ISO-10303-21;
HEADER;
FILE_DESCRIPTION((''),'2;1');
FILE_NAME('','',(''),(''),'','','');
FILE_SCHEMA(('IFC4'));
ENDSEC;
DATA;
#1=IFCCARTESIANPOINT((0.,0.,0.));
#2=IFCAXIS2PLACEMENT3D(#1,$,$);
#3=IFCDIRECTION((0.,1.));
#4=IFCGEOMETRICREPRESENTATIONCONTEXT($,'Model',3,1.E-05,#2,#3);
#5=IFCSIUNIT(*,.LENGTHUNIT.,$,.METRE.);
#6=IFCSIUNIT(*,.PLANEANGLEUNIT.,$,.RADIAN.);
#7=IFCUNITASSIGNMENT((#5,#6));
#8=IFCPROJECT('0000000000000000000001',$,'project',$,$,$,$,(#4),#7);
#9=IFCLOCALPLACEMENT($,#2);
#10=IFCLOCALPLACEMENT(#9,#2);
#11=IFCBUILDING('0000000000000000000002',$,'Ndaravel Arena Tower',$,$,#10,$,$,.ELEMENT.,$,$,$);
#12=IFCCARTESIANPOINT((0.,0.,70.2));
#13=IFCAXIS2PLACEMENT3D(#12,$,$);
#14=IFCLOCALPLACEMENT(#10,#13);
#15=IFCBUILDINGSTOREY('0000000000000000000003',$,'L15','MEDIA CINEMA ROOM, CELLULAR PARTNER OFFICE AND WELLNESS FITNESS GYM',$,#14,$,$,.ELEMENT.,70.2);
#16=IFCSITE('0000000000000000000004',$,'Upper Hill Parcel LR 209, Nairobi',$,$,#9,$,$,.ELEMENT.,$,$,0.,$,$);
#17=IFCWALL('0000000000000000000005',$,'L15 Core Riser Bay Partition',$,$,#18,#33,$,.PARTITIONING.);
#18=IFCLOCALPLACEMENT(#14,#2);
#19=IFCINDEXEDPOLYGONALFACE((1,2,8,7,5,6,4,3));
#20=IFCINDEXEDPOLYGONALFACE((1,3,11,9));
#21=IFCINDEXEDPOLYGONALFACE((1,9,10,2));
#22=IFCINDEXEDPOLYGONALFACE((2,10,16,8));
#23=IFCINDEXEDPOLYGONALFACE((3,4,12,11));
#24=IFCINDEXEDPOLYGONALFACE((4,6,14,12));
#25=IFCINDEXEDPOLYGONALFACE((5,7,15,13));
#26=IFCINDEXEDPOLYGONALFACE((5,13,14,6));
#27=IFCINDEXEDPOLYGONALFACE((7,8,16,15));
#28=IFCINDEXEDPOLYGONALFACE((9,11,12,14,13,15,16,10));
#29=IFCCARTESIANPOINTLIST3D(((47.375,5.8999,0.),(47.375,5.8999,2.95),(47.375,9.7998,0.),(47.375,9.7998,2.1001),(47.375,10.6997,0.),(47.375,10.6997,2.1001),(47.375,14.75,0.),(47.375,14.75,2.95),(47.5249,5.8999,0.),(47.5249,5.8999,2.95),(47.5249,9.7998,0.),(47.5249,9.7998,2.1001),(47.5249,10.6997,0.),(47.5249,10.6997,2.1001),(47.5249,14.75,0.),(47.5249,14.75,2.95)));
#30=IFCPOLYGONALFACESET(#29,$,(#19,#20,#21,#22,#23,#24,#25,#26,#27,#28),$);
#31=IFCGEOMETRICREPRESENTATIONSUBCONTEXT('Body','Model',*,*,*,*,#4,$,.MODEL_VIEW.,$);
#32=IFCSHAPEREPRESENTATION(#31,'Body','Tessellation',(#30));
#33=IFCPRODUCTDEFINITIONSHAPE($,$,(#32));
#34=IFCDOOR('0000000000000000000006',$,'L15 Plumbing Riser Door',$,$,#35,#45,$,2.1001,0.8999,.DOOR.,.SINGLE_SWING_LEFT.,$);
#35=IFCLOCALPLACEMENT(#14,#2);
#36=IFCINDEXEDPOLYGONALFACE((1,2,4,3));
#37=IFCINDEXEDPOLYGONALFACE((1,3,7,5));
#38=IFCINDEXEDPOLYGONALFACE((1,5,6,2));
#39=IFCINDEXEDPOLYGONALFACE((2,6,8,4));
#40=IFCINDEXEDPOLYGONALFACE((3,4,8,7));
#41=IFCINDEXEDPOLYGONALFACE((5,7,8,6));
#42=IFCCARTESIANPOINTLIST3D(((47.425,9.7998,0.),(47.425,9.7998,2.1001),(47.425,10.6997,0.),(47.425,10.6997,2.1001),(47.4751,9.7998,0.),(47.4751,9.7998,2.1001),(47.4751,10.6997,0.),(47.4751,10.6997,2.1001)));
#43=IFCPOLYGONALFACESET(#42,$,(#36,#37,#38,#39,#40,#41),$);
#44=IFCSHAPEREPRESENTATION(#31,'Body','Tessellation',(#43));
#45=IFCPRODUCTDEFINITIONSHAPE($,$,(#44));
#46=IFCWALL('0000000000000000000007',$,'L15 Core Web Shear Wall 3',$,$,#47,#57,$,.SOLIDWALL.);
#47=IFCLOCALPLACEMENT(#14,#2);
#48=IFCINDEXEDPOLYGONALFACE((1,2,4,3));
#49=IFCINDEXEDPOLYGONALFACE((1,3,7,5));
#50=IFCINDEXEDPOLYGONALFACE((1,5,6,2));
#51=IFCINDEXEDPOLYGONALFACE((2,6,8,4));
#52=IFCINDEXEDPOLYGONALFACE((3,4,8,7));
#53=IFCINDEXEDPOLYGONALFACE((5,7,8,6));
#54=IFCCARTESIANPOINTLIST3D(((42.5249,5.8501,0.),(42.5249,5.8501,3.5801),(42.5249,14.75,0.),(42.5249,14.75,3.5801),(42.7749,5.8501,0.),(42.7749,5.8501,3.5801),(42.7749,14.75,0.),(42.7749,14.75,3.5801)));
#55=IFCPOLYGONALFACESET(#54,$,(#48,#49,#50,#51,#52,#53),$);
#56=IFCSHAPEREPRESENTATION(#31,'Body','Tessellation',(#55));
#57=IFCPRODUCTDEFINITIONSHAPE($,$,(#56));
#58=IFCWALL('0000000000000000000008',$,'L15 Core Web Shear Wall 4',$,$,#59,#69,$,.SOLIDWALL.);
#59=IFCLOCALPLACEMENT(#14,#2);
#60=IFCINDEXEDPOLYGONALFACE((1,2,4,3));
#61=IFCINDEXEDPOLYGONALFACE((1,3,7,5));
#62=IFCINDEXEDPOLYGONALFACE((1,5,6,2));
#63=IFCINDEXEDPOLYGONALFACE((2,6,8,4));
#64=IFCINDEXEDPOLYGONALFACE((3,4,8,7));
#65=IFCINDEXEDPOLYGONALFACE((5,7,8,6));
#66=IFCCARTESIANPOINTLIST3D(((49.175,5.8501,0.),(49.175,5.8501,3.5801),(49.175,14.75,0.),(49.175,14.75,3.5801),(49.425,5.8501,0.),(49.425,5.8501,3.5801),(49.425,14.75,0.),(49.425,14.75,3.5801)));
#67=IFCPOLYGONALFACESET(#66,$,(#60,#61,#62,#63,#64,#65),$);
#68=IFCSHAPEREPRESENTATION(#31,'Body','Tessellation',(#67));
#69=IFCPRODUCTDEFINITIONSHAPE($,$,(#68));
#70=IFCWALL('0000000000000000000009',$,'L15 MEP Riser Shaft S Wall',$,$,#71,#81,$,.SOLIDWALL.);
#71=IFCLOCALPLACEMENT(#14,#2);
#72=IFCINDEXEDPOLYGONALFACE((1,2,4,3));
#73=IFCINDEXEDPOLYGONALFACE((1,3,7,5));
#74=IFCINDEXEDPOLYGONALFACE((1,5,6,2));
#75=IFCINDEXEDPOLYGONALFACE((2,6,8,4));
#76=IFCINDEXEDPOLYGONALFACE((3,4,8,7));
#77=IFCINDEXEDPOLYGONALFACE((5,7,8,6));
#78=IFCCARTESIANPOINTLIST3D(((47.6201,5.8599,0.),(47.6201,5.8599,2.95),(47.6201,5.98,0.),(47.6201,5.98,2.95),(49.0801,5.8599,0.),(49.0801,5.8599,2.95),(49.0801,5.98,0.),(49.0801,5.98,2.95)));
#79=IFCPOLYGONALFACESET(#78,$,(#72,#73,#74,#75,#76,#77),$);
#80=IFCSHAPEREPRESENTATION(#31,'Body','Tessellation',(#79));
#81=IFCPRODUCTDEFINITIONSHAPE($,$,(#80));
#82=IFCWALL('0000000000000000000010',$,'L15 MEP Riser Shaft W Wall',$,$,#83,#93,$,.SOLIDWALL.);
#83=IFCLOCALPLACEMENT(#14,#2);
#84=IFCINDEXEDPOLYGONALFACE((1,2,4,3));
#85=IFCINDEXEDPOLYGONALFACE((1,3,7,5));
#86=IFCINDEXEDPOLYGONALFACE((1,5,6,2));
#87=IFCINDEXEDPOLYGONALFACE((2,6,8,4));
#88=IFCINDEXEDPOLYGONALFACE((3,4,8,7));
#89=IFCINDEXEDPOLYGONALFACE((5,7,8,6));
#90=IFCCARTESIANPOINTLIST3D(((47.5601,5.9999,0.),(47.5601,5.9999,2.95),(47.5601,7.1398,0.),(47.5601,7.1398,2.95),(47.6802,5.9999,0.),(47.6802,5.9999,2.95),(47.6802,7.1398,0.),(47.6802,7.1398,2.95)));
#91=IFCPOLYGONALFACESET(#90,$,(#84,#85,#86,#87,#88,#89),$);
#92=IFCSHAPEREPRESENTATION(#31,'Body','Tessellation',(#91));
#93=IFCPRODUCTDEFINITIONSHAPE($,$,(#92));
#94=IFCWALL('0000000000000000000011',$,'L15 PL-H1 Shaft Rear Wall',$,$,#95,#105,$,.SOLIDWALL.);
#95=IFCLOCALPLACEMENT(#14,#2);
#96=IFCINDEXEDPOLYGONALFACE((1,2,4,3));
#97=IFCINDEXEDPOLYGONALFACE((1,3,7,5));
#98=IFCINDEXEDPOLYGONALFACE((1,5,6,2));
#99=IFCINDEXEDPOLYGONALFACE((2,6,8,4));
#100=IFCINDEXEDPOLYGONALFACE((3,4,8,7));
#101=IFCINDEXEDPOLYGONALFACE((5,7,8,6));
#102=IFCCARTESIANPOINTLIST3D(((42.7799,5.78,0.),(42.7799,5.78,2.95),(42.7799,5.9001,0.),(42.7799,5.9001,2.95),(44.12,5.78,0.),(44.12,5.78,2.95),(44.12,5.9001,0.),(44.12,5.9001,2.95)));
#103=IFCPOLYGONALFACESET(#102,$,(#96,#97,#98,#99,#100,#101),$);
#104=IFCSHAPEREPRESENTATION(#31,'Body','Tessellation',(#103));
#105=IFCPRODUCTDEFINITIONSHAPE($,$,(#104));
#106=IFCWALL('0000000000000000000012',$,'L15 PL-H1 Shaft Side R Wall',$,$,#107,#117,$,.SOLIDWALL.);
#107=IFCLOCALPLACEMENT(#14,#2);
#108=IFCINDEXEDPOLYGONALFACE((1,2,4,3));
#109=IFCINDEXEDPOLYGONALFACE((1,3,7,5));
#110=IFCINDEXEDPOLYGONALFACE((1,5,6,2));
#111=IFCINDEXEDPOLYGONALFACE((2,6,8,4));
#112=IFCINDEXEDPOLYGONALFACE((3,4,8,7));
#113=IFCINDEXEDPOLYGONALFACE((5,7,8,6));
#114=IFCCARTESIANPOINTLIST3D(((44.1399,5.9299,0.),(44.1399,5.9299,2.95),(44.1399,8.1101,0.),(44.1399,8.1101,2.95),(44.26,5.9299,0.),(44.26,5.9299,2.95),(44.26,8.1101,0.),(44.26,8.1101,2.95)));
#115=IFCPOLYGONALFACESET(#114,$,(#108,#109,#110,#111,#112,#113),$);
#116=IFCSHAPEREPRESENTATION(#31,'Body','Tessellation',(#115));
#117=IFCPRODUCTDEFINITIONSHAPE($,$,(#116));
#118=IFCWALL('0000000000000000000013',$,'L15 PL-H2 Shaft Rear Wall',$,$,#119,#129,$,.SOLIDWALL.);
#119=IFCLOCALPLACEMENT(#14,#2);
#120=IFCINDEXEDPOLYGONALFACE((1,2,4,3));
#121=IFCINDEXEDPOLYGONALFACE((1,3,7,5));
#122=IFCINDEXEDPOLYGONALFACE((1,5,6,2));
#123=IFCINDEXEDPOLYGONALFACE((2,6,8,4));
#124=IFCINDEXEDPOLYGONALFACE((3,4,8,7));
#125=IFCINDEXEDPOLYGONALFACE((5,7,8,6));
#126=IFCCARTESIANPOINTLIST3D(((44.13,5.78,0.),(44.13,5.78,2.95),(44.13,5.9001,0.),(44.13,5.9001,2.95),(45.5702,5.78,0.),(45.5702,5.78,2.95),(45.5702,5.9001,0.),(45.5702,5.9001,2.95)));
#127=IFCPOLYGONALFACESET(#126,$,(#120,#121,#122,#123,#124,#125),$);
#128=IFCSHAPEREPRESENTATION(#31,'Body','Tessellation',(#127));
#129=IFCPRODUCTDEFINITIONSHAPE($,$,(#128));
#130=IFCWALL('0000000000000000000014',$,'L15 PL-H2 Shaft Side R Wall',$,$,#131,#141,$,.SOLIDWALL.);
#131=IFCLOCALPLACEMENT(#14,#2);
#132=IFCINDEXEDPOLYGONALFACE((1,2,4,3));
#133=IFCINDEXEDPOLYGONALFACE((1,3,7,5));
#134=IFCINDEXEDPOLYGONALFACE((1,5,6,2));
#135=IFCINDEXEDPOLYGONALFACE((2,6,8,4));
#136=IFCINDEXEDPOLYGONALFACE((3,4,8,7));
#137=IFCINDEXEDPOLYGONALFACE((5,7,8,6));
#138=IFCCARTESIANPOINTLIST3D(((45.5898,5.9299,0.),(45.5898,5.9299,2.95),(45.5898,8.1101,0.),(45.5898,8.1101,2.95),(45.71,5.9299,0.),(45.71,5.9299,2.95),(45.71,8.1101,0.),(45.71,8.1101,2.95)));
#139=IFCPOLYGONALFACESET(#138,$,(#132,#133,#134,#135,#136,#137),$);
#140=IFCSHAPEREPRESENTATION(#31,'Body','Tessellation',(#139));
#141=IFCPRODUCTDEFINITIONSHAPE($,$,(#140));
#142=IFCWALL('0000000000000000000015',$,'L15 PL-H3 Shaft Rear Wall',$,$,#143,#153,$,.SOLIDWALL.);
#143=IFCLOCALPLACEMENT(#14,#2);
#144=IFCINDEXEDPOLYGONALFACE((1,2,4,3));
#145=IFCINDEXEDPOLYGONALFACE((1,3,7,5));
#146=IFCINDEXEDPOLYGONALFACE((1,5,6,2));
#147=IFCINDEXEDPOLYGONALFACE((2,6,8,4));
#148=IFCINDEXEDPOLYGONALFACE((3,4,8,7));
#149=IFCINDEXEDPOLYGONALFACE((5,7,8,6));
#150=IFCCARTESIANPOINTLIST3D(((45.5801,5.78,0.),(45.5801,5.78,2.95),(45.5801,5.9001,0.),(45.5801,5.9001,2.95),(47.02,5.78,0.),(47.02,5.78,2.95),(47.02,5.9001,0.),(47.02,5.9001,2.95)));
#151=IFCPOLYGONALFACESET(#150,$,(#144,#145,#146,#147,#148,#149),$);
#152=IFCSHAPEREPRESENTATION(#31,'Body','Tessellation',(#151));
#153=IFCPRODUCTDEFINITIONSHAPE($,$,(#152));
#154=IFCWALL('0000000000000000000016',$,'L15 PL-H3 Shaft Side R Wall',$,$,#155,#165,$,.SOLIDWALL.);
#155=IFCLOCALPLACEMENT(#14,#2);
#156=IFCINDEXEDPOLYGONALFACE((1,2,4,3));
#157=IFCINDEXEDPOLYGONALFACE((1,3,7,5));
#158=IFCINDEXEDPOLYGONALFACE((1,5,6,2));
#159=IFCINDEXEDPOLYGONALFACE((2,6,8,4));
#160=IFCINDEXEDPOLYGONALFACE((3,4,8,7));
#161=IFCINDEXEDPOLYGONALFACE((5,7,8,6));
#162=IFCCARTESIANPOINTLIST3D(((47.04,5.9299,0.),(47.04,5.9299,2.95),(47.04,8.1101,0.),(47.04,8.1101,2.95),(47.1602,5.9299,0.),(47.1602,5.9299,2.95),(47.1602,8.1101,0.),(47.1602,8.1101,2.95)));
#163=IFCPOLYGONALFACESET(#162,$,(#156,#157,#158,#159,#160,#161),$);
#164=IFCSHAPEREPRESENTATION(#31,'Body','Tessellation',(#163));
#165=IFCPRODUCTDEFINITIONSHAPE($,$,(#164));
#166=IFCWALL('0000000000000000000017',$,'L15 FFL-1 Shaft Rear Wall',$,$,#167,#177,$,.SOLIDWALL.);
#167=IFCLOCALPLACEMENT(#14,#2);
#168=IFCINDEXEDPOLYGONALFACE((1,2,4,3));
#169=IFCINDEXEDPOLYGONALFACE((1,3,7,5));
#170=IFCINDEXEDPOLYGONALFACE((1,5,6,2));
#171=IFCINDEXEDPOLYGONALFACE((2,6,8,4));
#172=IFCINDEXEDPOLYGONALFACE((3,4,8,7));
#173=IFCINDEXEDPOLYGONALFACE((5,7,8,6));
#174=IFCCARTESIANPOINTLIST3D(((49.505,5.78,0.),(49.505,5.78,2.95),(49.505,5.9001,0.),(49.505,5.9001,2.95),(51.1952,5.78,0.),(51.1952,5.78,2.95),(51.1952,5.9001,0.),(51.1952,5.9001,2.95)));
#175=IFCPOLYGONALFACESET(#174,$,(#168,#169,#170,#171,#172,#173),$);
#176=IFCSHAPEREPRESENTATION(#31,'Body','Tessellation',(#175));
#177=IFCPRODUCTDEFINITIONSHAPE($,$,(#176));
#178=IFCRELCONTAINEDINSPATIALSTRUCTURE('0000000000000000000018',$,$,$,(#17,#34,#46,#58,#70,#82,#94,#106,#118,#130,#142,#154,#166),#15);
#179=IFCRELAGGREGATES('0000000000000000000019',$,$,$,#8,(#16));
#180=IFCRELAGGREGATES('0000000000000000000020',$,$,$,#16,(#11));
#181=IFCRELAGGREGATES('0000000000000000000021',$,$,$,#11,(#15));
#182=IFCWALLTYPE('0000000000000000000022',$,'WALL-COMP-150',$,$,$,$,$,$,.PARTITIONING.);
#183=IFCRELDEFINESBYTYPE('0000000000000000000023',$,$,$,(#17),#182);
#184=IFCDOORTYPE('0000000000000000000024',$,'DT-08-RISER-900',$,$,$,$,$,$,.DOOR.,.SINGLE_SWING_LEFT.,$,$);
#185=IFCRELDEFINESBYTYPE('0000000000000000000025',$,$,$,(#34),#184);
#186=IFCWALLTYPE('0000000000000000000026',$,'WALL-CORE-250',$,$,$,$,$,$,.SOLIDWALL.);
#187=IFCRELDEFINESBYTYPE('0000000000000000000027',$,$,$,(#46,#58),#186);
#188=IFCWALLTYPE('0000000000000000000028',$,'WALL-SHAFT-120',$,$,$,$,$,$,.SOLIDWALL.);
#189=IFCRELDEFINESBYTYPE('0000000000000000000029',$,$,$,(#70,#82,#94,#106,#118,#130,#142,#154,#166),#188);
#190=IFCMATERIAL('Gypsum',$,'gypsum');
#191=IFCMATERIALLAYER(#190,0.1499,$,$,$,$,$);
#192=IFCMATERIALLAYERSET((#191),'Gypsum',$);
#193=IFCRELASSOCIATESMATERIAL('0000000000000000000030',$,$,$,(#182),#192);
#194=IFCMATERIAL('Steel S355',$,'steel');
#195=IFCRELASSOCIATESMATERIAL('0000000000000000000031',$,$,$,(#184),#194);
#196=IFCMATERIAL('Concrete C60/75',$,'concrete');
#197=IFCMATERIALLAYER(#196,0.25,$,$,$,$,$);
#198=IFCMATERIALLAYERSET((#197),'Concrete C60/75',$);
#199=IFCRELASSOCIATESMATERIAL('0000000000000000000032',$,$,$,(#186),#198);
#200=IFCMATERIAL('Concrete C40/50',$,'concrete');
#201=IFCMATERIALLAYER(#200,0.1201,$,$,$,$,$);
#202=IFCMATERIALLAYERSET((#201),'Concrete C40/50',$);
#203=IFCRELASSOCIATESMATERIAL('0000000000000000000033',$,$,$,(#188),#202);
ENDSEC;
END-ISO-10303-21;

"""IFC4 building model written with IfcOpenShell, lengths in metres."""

from ifc_helpers import new_model, si_unit, direction, frame, frame_2d, origin, place, context, subcontext, project, spatial, rectangle, extrude, material, layer, layer_set, type_object, element, fill, save


model = new_model("IFC4")

# Units and contexts
model_context = context("Model", 3, precision=1e-05, world=origin(), true_north=direction((0.0, 1.0)))
body_context = subcontext(model_context, "Body", "Model", "MODEL_VIEW")
ifc_project = project(units=[si_unit("LENGTHUNIT", "METRE"), si_unit("PLANEANGLEUNIT", "RADIAN")], contexts=[model_context])

# Site, building, storey
site_placement = place(None, origin())
site = spatial("IfcSite", under=ifc_project, at=site_placement, Name="Upper Hill Parcel LR 209, Nairobi", CompositionType="ELEMENT", RefElevation=0.0)
building_placement = place(site_placement, origin())
building = spatial("IfcBuilding", under=site, at=building_placement, Name="Ndaravel Arena Tower", CompositionType="ELEMENT")
storey_placement = place(building_placement, frame((0.0, 0.0, 70.2)))
storey = spatial("IfcBuildingStorey", under=building, at=storey_placement, Name="L15", Description="MEDIA CINEMA ROOM, CELLULAR PARTNER OFFICE AND WELLNESS FITNESS GYM", CompositionType="ELEMENT", Elevation=70.2)

# Wall, opening, door
ifc_material_1 = material(Name="Gypsum", Category="gypsum")
ifc_layer_1 = layer(ifc_material_1, 0.1499)
ifc_layer_set_1 = layer_set([ifc_layer_1], Name="Gypsum")
wall_type_1 = type_object("IfcWallType", Name="WALL-COMP-150", PredefinedType="PARTITIONING", material=ifc_layer_set_1)
wall_1_placement = place(storey_placement, frame((47.45, 5.8999, 0.0), z_axis=(0.0, 0.0, 1.0), x_axis=(0.0, 1.0, 0.0)))
wall_1 = element("IfcWall", 1, at=wall_1_placement, inside=storey, type_object=wall_type_1, Name="L15 Core Riser Bay Partition", PredefinedType="PARTITIONING", context=body_context, shape_type="SweptSolid", body=[
    extrude(rectangle(XDim=8.8501, YDim=0.1499, at=frame_2d((4.425, 0.0))), origin(), (0.0, 0.0, 1.0), 2.95),
])
opening_placement = place(wall_1_placement, frame((3.8999, 0.0, 0.0)))
opening = element("IfcOpeningElement", 2, at=opening_placement, cuts=wall_1, PredefinedType="OPENING", context=body_context, shape_type="SweptSolid", body=[
    extrude(rectangle(XDim=0.8999, YDim=2.1001, at=frame_2d((0.45, 1.05))), frame((0.0, 0.075, 0.0), z_axis=(0.0, -1.0, 0.0), x_axis=(1.0, 0.0, 0.0)), (0.0, 0.0, 1.0), 0.1499),
])
ifc_material_2 = material(Name="Steel S355", Category="steel")
door_type = type_object("IfcDoorType", Name="DT-08-RISER-900", OperationType="SINGLE_SWING_LEFT", PredefinedType="DOOR", material=ifc_material_2)
door_placement = place(opening_placement, origin())
door = element("IfcDoor", 3, at=door_placement, inside=storey, type_object=door_type, Name="L15 Plumbing Riser Door", OperationType="SINGLE_SWING_LEFT", OverallHeight=2.1001, OverallWidth=0.8999, PredefinedType="DOOR", context=body_context, shape_type="SweptSolid", body=[
    extrude(rectangle(XDim=0.8999, YDim=2.1001, at=frame_2d((0.45, 1.05))), frame((0.0, 0.0249, 0.0), z_axis=(0.0, -1.0, 0.0), x_axis=(1.0, 0.0, 0.0)), (0.0, 0.0, 1.0), 0.05),
])
fill(opening, door)

# Walls
ifc_material_3 = material(Name="Concrete C60/75", Category="concrete")
ifc_layer_2 = layer(ifc_material_3, 0.25)
ifc_layer_set_2 = layer_set([ifc_layer_2], Name="Concrete C60/75")
wall_type_2 = type_object("IfcWallType", Name="WALL-CORE-250", PredefinedType="SOLIDWALL", material=ifc_layer_set_2)
for number, where, z_axis, x_axis, name in (
    (4, (42.6499, 5.8501, 0.0), (0.0, 0.0, 1.0), (0.0, 1.0, 0.0), "L15 Core Web Shear Wall 3"),
    (5, (49.3, 5.8501, 0.0), (0.0, 0.0, 1.0), (0.0, 1.0, 0.0), "L15 Core Web Shear Wall 4"),
):
    element("IfcWall", number, at=place(storey_placement, frame(where, z_axis=z_axis, x_axis=x_axis)), inside=storey, type_object=wall_type_2, Name=name, PredefinedType="SOLIDWALL", context=body_context, shape_type="SweptSolid", body=[
        extrude(rectangle(XDim=8.8999, YDim=0.25, at=frame_2d((4.45, 0.0))), origin(), (0.0, 0.0, 1.0), 3.5801),
    ])
ifc_material_4 = material(Name="Concrete C40/50", Category="concrete")
ifc_layer_3 = layer(ifc_material_4, 0.1201)
ifc_layer_set_3 = layer_set([ifc_layer_3], Name="Concrete C40/50")
wall_type_3 = type_object("IfcWallType", Name="WALL-SHAFT-120", PredefinedType="SOLIDWALL", material=ifc_layer_set_3)
wall_2_placement = place(storey_placement, frame((47.6201, 5.9199, 0.0), z_axis=(0.0, 0.0, 1.0), x_axis=(1.0, 0.0, 0.0)))
element("IfcWall", 6, at=wall_2_placement, inside=storey, type_object=wall_type_3, Name="L15 MEP Riser Shaft S Wall", PredefinedType="SOLIDWALL", context=body_context, shape_type="SweptSolid", body=[
    extrude(rectangle(XDim=1.46, YDim=0.1201, at=frame_2d((0.73, 0.0))), origin(), (0.0, 0.0, 1.0), 2.95),
])
wall_3_placement = place(storey_placement, frame((47.6201, 6.0, 0.0), z_axis=(0.0, 0.0, 1.0), x_axis=(0.0, 1.0, 0.0)))
element("IfcWall", 7, at=wall_3_placement, inside=storey, type_object=wall_type_3, Name="L15 MEP Riser Shaft W Wall", PredefinedType="SOLIDWALL", context=body_context, shape_type="SweptSolid", body=[
    extrude(rectangle(XDim=1.1399, YDim=0.1201, at=frame_2d((0.5698, 0.0))), origin(), (0.0, 0.0, 1.0), 2.95),
])
wall_4_placement = place(storey_placement, frame((42.78, 5.8401, 0.0), z_axis=(0.0, 0.0, 1.0), x_axis=(1.0, 0.0, 0.0)))
element("IfcWall", 8, at=wall_4_placement, inside=storey, type_object=wall_type_3, Name="L15 PL-H1 Shaft Rear Wall", PredefinedType="SOLIDWALL", context=body_context, shape_type="SweptSolid", body=[
    extrude(rectangle(XDim=1.3401, YDim=0.1201, at=frame_2d((0.6699, 0.0))), origin(), (0.0, 0.0, 1.0), 2.95),
])
wall_5_placement = place(storey_placement, frame((44.2, 5.9299, 0.0), z_axis=(0.0, 0.0, 1.0), x_axis=(0.0, 1.0, 0.0)))
element("IfcWall", 9, at=wall_5_placement, inside=storey, type_object=wall_type_3, Name="L15 PL-H1 Shaft Side R Wall", PredefinedType="SOLIDWALL", context=body_context, shape_type="SweptSolid", body=[
    extrude(rectangle(XDim=2.1802, YDim=0.1201, at=frame_2d((1.0901, 0.0))), origin(), (0.0, 0.0, 1.0), 2.95),
])
wall_6_placement = place(storey_placement, frame((44.1299, 5.8401, 0.0), z_axis=(0.0, 0.0, 1.0), x_axis=(1.0, 0.0, 0.0)))
element("IfcWall", 10, at=wall_6_placement, inside=storey, type_object=wall_type_3, Name="L15 PL-H2 Shaft Rear Wall", PredefinedType="SOLIDWALL", context=body_context, shape_type="SweptSolid", body=[
    extrude(rectangle(XDim=1.4402, YDim=0.1201, at=frame_2d((0.7202, 0.0))), origin(), (0.0, 0.0, 1.0), 2.95),
])
wall_7_placement = place(storey_placement, frame((45.6499, 5.9299, 0.0), z_axis=(0.0, 0.0, 1.0), x_axis=(0.0, 1.0, 0.0)))
element("IfcWall", 11, at=wall_7_placement, inside=storey, type_object=wall_type_3, Name="L15 PL-H2 Shaft Side R Wall", PredefinedType="SOLIDWALL", context=body_context, shape_type="SweptSolid", body=[
    extrude(rectangle(XDim=2.1802, YDim=0.1201, at=frame_2d((1.0901, 0.0))), origin(), (0.0, 0.0, 1.0), 2.95),
])
wall_8_placement = place(storey_placement, frame((45.5801, 5.8401, 0.0), z_axis=(0.0, 0.0, 1.0), x_axis=(1.0, 0.0, 0.0)))
element("IfcWall", 12, at=wall_8_placement, inside=storey, type_object=wall_type_3, Name="L15 PL-H3 Shaft Rear Wall", PredefinedType="SOLIDWALL", context=body_context, shape_type="SweptSolid", body=[
    extrude(rectangle(XDim=1.4399, YDim=0.1201, at=frame_2d((0.72, 0.0))), origin(), (0.0, 0.0, 1.0), 2.95),
])
wall_9_placement = place(storey_placement, frame((47.1001, 5.9299, 0.0), z_axis=(0.0, 0.0, 1.0), x_axis=(0.0, 1.0, 0.0)))
element("IfcWall", 13, at=wall_9_placement, inside=storey, type_object=wall_type_3, Name="L15 PL-H3 Shaft Side R Wall", PredefinedType="SOLIDWALL", context=body_context, shape_type="SweptSolid", body=[
    extrude(rectangle(XDim=2.1802, YDim=0.1201, at=frame_2d((1.0901, 0.0))), origin(), (0.0, 0.0, 1.0), 2.95),
])
wall_10_placement = place(storey_placement, frame((49.5049, 5.8401, 0.0), z_axis=(0.0, 0.0, 1.0), x_axis=(1.0, 0.0, 0.0)))
element("IfcWall", 14, at=wall_10_placement, inside=storey, type_object=wall_type_3, Name="L15 FFL-1 Shaft Rear Wall", PredefinedType="SOLIDWALL", context=body_context, shape_type="SweptSolid", body=[
    extrude(rectangle(XDim=1.6902, YDim=0.1201, at=frame_2d((0.8452, 0.0))), origin(), (0.0, 0.0, 1.0), 2.95),
])

save(model, "model.ifc")
